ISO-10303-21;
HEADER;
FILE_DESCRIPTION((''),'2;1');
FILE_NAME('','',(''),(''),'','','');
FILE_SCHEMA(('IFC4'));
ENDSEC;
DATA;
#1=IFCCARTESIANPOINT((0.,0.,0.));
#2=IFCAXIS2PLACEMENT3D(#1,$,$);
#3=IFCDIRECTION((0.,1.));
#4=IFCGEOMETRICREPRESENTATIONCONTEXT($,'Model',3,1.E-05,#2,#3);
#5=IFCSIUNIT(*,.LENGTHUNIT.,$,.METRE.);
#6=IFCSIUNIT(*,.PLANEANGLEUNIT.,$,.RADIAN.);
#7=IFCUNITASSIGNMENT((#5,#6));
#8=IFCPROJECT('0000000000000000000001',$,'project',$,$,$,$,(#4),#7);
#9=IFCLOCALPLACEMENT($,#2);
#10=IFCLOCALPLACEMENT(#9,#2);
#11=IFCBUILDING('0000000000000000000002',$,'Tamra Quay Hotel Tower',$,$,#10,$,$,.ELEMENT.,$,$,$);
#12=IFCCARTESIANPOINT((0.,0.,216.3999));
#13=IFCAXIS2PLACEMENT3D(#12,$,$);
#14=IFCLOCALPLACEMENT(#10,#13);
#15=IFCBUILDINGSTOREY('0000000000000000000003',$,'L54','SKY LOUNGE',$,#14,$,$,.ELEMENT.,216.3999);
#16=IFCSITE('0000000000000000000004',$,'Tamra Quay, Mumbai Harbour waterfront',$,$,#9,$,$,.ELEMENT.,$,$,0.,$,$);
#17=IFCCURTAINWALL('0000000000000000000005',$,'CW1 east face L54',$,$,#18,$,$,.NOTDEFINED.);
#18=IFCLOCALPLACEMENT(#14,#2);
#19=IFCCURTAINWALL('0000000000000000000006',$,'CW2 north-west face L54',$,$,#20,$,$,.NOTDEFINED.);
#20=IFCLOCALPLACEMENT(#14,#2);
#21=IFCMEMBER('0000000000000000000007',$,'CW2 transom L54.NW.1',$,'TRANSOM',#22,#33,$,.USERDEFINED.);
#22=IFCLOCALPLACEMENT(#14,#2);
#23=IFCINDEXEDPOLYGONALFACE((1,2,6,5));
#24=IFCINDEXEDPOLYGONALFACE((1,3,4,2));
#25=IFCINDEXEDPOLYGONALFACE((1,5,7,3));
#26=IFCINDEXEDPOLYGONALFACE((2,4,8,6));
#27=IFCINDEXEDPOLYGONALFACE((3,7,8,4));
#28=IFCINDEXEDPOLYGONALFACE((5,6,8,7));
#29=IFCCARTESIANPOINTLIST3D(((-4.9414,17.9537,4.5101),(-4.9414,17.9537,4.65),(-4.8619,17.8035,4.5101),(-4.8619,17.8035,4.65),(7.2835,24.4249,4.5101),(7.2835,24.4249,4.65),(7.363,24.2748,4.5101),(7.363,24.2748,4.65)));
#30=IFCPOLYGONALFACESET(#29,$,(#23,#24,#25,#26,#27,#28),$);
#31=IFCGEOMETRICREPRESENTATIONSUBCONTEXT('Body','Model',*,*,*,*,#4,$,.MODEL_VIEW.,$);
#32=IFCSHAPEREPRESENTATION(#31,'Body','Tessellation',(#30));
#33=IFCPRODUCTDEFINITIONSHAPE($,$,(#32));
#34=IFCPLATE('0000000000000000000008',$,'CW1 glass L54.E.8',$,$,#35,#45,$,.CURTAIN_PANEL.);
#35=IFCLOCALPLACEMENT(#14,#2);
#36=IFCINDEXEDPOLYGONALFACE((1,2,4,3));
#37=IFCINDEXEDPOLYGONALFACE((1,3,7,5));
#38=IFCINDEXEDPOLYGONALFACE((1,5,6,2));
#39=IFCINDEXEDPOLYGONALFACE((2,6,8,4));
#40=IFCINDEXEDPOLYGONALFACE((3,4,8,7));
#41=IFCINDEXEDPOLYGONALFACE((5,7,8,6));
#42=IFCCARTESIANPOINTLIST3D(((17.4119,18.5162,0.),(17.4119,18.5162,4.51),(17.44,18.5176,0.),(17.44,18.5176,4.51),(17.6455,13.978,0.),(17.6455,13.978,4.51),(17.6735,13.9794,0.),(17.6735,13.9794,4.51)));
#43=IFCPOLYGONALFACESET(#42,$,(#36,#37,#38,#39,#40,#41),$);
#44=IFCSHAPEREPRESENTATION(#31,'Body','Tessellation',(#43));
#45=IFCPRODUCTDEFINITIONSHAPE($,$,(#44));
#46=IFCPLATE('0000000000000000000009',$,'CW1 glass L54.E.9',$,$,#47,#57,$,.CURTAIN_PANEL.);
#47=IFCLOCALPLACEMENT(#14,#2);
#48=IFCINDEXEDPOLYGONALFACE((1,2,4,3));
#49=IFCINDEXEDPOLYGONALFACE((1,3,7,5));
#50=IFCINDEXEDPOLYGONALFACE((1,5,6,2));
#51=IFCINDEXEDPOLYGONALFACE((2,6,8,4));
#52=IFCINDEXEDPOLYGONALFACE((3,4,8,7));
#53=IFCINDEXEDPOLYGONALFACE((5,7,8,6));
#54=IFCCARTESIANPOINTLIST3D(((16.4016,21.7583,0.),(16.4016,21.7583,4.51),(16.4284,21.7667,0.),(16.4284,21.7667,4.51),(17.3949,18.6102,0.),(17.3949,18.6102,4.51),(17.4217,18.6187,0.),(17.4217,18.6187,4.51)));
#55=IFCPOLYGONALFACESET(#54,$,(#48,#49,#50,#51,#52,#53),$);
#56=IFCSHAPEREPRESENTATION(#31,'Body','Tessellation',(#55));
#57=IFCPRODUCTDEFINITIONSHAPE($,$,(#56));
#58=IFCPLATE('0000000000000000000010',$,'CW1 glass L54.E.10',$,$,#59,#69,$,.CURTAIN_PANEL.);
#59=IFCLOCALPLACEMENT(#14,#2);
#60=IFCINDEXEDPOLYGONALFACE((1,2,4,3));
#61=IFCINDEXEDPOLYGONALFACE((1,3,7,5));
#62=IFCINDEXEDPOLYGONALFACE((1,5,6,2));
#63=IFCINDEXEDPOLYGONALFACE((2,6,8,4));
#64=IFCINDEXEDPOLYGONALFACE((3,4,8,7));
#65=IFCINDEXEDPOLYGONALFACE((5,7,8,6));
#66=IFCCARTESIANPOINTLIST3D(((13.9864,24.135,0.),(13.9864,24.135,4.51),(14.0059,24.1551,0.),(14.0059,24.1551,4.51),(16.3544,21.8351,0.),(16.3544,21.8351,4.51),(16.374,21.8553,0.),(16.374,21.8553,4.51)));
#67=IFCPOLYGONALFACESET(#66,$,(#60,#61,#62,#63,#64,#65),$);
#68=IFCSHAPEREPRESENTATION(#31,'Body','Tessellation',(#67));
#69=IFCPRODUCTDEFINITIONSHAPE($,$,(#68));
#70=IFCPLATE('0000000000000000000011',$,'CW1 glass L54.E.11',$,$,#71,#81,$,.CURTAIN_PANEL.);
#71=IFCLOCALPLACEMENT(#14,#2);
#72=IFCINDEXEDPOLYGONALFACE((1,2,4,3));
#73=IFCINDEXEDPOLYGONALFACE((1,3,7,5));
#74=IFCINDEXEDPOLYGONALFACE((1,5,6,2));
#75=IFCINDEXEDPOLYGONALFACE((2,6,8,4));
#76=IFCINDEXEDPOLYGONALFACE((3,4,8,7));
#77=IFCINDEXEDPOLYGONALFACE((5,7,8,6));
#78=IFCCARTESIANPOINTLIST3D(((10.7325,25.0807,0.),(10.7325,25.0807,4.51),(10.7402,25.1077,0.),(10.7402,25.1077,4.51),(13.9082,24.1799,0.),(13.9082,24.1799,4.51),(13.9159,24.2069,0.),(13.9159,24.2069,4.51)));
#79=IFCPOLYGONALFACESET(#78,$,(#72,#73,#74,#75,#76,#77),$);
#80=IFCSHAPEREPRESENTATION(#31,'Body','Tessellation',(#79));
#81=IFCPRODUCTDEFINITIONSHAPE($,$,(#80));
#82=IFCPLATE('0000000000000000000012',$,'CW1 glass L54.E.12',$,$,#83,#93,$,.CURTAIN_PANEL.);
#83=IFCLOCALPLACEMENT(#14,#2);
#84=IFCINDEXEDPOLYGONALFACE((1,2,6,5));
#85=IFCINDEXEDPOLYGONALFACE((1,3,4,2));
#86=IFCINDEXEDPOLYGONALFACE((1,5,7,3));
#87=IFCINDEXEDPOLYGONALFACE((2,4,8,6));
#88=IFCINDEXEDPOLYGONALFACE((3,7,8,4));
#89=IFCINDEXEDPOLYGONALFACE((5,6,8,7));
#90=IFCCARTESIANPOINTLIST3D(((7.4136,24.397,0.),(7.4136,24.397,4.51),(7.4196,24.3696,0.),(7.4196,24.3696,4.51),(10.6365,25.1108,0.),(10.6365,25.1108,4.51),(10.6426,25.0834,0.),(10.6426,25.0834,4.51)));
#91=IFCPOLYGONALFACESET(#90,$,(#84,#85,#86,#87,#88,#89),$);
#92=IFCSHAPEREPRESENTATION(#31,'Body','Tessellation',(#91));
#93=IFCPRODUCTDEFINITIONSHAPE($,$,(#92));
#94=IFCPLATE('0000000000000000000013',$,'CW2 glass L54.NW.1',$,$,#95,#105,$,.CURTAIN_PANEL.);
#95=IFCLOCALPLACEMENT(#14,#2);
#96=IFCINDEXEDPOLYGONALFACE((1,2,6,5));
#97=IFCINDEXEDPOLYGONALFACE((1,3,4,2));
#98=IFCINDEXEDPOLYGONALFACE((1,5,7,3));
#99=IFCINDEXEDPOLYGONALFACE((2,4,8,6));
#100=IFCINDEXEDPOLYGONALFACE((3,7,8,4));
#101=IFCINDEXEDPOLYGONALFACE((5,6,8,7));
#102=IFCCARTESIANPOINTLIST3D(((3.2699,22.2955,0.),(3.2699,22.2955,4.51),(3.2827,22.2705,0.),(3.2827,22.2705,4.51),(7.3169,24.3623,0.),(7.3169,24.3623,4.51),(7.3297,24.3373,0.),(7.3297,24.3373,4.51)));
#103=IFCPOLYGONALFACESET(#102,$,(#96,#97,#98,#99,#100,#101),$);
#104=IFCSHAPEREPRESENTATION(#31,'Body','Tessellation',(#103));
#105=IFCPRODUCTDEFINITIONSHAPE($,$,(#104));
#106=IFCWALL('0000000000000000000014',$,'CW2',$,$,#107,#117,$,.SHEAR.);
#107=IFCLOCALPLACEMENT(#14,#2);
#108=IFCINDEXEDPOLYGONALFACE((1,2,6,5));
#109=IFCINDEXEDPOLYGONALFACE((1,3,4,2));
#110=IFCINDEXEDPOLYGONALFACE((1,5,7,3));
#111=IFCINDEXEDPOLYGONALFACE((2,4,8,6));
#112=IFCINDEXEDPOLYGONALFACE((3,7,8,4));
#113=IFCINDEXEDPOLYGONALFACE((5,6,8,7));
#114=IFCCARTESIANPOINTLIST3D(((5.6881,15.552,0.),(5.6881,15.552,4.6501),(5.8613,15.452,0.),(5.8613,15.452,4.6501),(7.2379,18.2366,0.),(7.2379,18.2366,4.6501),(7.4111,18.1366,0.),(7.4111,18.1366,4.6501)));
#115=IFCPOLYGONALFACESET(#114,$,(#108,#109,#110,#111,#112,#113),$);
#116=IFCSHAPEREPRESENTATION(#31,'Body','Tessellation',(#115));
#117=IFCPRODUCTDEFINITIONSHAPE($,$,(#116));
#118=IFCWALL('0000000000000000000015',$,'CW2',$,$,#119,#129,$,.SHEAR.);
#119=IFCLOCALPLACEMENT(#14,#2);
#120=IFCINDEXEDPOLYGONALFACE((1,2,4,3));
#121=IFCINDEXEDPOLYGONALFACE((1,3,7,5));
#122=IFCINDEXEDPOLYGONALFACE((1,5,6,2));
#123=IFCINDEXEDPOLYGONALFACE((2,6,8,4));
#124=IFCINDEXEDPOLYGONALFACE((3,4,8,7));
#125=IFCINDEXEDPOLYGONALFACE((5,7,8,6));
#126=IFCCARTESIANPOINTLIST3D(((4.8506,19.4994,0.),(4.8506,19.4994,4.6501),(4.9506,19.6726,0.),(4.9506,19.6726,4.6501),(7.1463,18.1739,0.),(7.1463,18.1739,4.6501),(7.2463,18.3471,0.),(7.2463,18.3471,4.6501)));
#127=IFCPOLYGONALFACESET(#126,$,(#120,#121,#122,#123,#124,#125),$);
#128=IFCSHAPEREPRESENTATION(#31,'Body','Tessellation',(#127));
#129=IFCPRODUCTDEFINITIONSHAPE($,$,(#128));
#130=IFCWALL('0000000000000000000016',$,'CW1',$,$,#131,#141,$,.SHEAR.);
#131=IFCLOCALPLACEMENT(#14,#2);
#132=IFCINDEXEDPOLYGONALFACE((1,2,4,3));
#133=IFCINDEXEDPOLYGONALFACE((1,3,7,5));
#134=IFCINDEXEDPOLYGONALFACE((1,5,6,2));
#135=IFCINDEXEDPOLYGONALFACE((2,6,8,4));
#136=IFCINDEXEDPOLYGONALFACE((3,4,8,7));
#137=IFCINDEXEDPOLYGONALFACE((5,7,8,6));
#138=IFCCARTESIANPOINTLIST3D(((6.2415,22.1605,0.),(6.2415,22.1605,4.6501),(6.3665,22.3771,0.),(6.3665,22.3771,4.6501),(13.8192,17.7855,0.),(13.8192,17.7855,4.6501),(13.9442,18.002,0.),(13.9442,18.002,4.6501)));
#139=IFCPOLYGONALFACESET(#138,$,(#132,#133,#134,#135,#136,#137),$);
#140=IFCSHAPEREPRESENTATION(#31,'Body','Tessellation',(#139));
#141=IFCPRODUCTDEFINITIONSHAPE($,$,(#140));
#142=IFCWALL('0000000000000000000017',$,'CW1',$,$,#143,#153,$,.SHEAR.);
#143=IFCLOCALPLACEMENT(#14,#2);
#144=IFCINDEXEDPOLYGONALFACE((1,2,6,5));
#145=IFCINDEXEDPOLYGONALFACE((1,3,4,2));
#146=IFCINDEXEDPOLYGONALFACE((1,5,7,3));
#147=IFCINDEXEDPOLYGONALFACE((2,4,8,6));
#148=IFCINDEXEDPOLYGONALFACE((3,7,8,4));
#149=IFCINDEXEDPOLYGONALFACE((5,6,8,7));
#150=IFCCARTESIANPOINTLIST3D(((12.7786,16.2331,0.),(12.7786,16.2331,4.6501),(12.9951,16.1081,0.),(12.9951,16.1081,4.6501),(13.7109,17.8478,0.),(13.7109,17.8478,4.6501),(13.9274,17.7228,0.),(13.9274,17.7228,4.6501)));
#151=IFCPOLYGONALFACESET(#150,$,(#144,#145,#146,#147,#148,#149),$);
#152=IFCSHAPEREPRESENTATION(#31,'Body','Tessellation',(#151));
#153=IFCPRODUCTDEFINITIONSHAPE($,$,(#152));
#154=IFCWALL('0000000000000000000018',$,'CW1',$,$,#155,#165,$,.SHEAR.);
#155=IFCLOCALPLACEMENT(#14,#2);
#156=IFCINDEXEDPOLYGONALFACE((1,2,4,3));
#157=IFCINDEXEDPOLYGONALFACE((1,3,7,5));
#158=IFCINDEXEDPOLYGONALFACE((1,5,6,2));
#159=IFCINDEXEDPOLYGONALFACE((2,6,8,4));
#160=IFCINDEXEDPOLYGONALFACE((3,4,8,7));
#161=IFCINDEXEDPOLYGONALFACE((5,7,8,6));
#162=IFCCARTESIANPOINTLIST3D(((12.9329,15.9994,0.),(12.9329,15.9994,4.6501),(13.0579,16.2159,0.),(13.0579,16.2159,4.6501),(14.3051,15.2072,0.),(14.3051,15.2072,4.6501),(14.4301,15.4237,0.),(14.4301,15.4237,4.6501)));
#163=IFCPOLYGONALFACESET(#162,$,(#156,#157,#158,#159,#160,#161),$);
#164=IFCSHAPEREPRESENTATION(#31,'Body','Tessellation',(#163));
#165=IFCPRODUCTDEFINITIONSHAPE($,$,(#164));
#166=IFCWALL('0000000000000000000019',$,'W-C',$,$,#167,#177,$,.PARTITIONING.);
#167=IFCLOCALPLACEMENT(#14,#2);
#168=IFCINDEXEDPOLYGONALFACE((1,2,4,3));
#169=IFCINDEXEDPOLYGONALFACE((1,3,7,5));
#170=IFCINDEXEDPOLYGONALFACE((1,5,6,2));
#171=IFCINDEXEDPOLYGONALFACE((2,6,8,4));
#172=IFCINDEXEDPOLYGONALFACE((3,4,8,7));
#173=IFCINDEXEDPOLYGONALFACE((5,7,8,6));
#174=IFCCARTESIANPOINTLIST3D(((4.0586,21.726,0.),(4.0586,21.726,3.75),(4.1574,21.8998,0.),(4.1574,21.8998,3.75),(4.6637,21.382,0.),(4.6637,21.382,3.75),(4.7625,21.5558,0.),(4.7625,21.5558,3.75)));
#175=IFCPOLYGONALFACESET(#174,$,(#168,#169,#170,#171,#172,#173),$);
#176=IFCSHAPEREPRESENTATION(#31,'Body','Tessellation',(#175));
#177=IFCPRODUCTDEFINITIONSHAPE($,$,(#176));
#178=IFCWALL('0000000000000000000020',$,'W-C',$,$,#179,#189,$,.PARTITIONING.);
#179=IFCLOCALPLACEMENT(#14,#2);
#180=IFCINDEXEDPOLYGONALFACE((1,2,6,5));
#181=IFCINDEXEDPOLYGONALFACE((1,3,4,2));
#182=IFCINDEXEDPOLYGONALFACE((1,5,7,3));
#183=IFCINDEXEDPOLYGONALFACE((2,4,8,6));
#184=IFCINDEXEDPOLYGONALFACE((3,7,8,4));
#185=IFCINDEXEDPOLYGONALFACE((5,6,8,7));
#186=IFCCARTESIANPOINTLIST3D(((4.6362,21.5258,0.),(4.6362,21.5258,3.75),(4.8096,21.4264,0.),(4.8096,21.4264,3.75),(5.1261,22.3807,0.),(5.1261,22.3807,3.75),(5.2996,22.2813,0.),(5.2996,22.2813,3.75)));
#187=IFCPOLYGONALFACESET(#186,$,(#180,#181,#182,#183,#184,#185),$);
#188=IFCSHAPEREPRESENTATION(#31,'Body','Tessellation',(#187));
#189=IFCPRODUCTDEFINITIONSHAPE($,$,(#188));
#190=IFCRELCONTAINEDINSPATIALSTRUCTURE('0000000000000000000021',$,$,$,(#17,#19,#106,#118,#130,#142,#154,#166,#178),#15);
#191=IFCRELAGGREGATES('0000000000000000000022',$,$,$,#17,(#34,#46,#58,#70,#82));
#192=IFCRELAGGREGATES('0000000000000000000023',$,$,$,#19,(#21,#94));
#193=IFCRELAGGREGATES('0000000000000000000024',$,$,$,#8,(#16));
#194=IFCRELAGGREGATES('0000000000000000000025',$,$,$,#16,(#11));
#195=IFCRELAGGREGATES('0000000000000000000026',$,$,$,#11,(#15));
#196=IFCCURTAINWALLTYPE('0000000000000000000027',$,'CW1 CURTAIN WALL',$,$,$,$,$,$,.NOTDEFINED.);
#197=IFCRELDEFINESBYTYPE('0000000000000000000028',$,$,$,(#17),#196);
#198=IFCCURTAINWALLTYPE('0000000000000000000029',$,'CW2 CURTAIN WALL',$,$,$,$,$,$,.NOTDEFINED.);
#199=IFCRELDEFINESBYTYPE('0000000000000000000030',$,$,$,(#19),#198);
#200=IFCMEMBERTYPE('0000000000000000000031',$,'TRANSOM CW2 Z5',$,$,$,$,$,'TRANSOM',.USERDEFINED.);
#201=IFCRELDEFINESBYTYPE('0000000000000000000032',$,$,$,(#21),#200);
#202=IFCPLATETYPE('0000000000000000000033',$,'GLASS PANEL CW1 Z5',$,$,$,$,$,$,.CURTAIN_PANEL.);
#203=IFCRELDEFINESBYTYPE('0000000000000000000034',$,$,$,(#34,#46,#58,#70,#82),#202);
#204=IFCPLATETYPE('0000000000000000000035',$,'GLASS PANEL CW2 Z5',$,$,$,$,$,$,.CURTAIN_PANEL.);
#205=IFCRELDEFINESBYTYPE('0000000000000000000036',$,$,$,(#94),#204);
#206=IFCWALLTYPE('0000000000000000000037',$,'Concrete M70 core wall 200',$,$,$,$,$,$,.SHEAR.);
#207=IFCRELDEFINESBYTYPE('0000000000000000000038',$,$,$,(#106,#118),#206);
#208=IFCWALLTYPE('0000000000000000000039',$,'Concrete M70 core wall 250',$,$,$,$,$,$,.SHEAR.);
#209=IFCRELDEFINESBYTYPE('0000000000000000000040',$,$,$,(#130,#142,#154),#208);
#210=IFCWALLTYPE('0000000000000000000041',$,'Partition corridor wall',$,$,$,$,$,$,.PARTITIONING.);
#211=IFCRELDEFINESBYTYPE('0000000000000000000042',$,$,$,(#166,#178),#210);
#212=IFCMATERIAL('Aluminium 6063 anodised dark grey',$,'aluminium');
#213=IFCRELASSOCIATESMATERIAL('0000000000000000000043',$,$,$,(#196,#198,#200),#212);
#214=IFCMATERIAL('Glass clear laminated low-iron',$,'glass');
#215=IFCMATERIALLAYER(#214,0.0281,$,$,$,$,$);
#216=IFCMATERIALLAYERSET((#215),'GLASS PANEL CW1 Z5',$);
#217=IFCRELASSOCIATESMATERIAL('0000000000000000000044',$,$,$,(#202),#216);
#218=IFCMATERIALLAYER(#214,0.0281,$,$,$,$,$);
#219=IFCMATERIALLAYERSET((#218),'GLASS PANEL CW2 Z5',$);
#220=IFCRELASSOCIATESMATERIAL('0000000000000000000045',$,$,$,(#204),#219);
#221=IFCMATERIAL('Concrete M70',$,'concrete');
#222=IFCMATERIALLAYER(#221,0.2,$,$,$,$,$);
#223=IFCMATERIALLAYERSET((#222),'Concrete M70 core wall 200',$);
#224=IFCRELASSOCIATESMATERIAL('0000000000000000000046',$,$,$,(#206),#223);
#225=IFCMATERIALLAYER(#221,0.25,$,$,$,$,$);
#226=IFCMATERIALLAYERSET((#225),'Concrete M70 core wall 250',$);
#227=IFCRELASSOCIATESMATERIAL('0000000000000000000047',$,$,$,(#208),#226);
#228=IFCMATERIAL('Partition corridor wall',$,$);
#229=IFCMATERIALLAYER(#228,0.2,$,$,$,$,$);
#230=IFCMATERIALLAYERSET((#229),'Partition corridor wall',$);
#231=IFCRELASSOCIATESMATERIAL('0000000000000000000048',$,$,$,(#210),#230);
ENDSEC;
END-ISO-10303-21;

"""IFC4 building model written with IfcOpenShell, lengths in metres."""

from ifc_helpers import new_model, si_unit, direction, frame, frame_2d, origin, origin_2d, place, context, subcontext, project, spatial, rectangle, extrude, material, layer, layer_set, material_profile, profile_set, type_object, element, aggregate, save


model = new_model("IFC4")

# Units and contexts
model_context = context("Model", 3, precision=1e-05, world=origin(), true_north=direction((0.0, 1.0)))
body_context = subcontext(model_context, "Body", "Model", "MODEL_VIEW")
ifc_project = project(units=[si_unit("LENGTHUNIT", "METRE"), si_unit("PLANEANGLEUNIT", "RADIAN")], contexts=[model_context])

# Site, building, storey
site_placement = place(None, origin())
site = spatial("IfcSite", under=ifc_project, at=site_placement, Name="Tamra Quay, Mumbai Harbour waterfront", CompositionType="ELEMENT", RefElevation=0.0)
building_placement = place(site_placement, origin())
building = spatial("IfcBuilding", under=site, at=building_placement, Name="Tamra Quay Hotel Tower", CompositionType="ELEMENT")
storey_placement = place(building_placement, frame((0.0, 0.0, 216.3999)))
storey = spatial("IfcBuildingStorey", under=building, at=storey_placement, Name="L54", Description="SKY LOUNGE", CompositionType="ELEMENT", Elevation=216.3999)

# Shared definitions
ifc_material_1 = material(Name="Concrete M70", Category="concrete")

# Curtain walls
ifc_material_2 = material(Name="Aluminium 6063 anodised dark grey", Category="aluminium")
curtain_wall_type_1 = type_object("IfcCurtainWallType", Name="CW1 CURTAIN WALL", PredefinedType="NOTDEFINED", material=ifc_material_2)
curtain_wall_1_placement = place(storey_placement, origin())
curtain_wall_1 = element("IfcCurtainWall", 1, at=curtain_wall_1_placement, inside=storey, type_object=curtain_wall_type_1, Name="CW1 east face L54", PredefinedType="NOTDEFINED")
curtain_wall_type_2 = type_object("IfcCurtainWallType", Name="CW2 CURTAIN WALL", PredefinedType="NOTDEFINED", material=ifc_material_2)
curtain_wall_2_placement = place(storey_placement, origin())
curtain_wall_2 = element("IfcCurtainWall", 2, at=curtain_wall_2_placement, inside=storey, type_object=curtain_wall_type_2, Name="CW2 north-west face L54", PredefinedType="NOTDEFINED")

# Member
ifc_material_profile_1 = material_profile(ifc_material_2, rectangle(XDim=0.1699, YDim=0.1399, at=origin_2d()), Name="TRANSOM 170X140")
ifc_profile_set_1 = profile_set([ifc_material_profile_1], Name="Aluminium 6063 anodised dark grey")
member_type_1 = type_object("IfcMemberType", Name="TRANSOM CW2 Z5", ElementType="TRANSOM", PredefinedType="USERDEFINED", material=ifc_profile_set_1)
member_1_placement = place(storey_placement, frame((7.3232, 24.3499, 4.5801), z_axis=(-0.883812, -0.467843, 0.0), x_axis=(0.467843, -0.883812, 0.0)))
member_1 = element("IfcMember", 3, at=member_1_placement, type_object=member_type_1, Name="CW2 transom L54.NW.1", ObjectType="TRANSOM", PredefinedType="USERDEFINED", context=body_context, shape_type="SweptSolid", body=[
    extrude(rectangle(XDim=0.1699, YDim=0.1399, at=origin_2d()), origin(), (0.0, 0.0, 1.0), 13.832),
])

# Plates
ifc_material_3 = material(Name="Glass clear laminated low-iron", Category="glass")
ifc_layer_1 = layer(ifc_material_3, 0.0281)
ifc_layer_set_1 = layer_set([ifc_layer_1], Name="GLASS PANEL CW1 Z5")
plate_type_1 = type_object("IfcPlateType", Name="GLASS PANEL CW1 Z5", PredefinedType="CURTAIN_PANEL", material=ifc_layer_set_1)
plate_1_placement = place(storey_placement, frame((17.5427, 16.2478, 0.0), z_axis=(0.0, 0.0, 1.0), x_axis=(-0.051404, 0.998678, 0.0)))
plate_1 = element("IfcPlate", 4, at=plate_1_placement, type_object=plate_type_1, Name="CW1 glass L54.E.8", PredefinedType="CURTAIN_PANEL", context=body_context, shape_type="SweptSolid", body=[
    extrude(rectangle(XDim=4.5442, YDim=0.0281, at=origin_2d()), origin(), (0.0, 0.0, 1.0), 4.51),
])
plate_2_placement = place(storey_placement, frame((16.9116, 20.1885, 0.0), z_axis=(0.0, 0.0, 1.0), x_axis=(-0.300903, 0.953655, 0.0)))
plate_2 = element("IfcPlate", 5, at=plate_2_placement, type_object=plate_type_1, Name="CW1 glass L54.E.9", PredefinedType="CURTAIN_PANEL", context=body_context, shape_type="SweptSolid", body=[
    extrude(rectangle(XDim=3.301, YDim=0.0281, at=origin_2d()), origin(), (0.0, 0.0, 1.0), 4.51),
])
plate_3_placement = place(storey_placement, frame((15.1802, 22.9951, 0.0), z_axis=(0.0, 0.0, 1.0), x_axis=(-0.717364, 0.696698, 0.0)))
plate_3 = element("IfcPlate", 6, at=plate_3_placement, type_object=plate_type_1, Name="CW1 glass L54.E.10", PredefinedType="CURTAIN_PANEL", context=body_context, shape_type="SweptSolid", body=[
    extrude(rectangle(XDim=3.301, YDim=0.0281, at=origin_2d()), origin(), (0.0, 0.0, 1.0), 4.51),
])
plate_4_placement = place(storey_placement, frame((12.3242, 24.6438, 0.0), z_axis=(0.0, 0.0, 1.0), x_axis=(-0.962041, 0.272906, 0.0)))
plate_4 = element("IfcPlate", 7, at=plate_4_placement, type_object=plate_type_1, Name="CW1 glass L54.E.11", PredefinedType="CURTAIN_PANEL", context=body_context, shape_type="SweptSolid", body=[
    extrude(rectangle(XDim=3.301, YDim=0.0281, at=origin_2d()), origin(), (0.0, 0.0, 1.0), 4.51),
])
plate_5_placement = place(storey_placement, frame((9.0281, 24.7402, 0.0), z_axis=(0.0, 0.0, 1.0), x_axis=(-0.976341, -0.216238, 0.0)))
plate_5 = element("IfcPlate", 8, at=plate_5_placement, type_object=plate_type_1, Name="CW1 glass L54.E.12", PredefinedType="CURTAIN_PANEL", context=body_context, shape_type="SweptSolid", body=[
    extrude(rectangle(XDim=3.301, YDim=0.0281, at=origin_2d()), origin(), (0.0, 0.0, 1.0), 4.51),
])
aggregate(curtain_wall_1, [plate_1, plate_2, plate_3, plate_4, plate_5])
ifc_layer_2 = layer(ifc_material_3, 0.0281)
ifc_layer_set_2 = layer_set([ifc_layer_2], Name="GLASS PANEL CW2 Z5")
plate_type_2 = type_object("IfcPlateType", Name="GLASS PANEL CW2 Z5", PredefinedType="CURTAIN_PANEL", material=ifc_layer_set_2)
plate_6_placement = place(storey_placement, frame((5.2998, 23.3164, 0.0), z_axis=(0.0, 0.0, 1.0), x_axis=(-0.890582, -0.454822, 0.0)))
plate_6 = element("IfcPlate", 9, at=plate_6_placement, type_object=plate_type_2, Name="CW2 glass L54.NW.1", PredefinedType="CURTAIN_PANEL", context=body_context, shape_type="SweptSolid", body=[
    extrude(rectangle(XDim=4.5442, YDim=0.0281, at=origin_2d()), origin(), (0.0, 0.0, 1.0), 4.51),
])
aggregate(curtain_wall_2, [member_1, plate_6])

# Walls
ifc_layer_3 = layer(ifc_material_1, 0.2)
ifc_layer_set_3 = layer_set([ifc_layer_3], Name="Concrete M70 core wall 200")
wall_type_1 = type_object("IfcWallType", Name="Concrete M70 core wall 200", PredefinedType="SHEAR", material=ifc_layer_set_3)
wall_1_placement = place(storey_placement, frame((7.3245, 18.1865, 0.0), z_axis=(0.0, 0.0, 1.0), x_axis=(-0.499968, -0.866044, 0.0)))
element("IfcWall", 10, at=wall_1_placement, inside=storey, type_object=wall_type_1, Name="CW2", PredefinedType="SHEAR", context=body_context, shape_type="SweptSolid", body=[
    extrude(rectangle(XDim=3.0999, YDim=0.2, at=frame_2d((1.5498, 0.0))), origin(), (0.0, 0.0, 1.0), 4.6501),
])
wall_2_placement = place(storey_placement, frame((7.1963, 18.2605, 0.0), z_axis=(0.0, 0.0, 1.0), x_axis=(-0.866018, 0.500012, 0.0)))
element("IfcWall", 11, at=wall_2_placement, inside=storey, type_object=wall_type_1, Name="CW2", PredefinedType="SHEAR", context=body_context, shape_type="SweptSolid", body=[
    extrude(rectangle(XDim=2.6509, YDim=0.2, at=frame_2d((1.3254, 0.0))), origin(), (0.0, 0.0, 1.0), 4.6501),
])
ifc_layer_4 = layer(ifc_material_1, 0.25)
ifc_layer_set_4 = layer_set([ifc_layer_4], Name="Concrete M70 core wall 250")
wall_type_2 = type_object("IfcWallType", Name="Concrete M70 core wall 250", PredefinedType="SHEAR", material=ifc_layer_set_4)
wall_3_placement = place(storey_placement, frame((6.304, 22.2688, 0.0), z_axis=(0.0, 0.0, 1.0), x_axis=(0.866023, -0.500004, 0.0)))
element("IfcWall", 12, at=wall_3_placement, inside=storey, type_object=wall_type_2, Name="CW1", PredefinedType="SHEAR", context=body_context, shape_type="SweptSolid", body=[
    extrude(rectangle(XDim=8.75, YDim=0.25, at=frame_2d((4.375, 0.0))), origin(), (0.0, 0.0, 1.0), 4.6501),
])
wall_4_placement = place(storey_placement, frame((13.8191, 17.7852, 0.0), z_axis=(0.0, 0.0, 1.0), x_axis=(-0.50004, -0.866002, 0.0)))
element("IfcWall", 13, at=wall_4_placement, inside=storey, type_object=wall_type_2, Name="CW1", PredefinedType="SHEAR", context=body_context, shape_type="SweptSolid", body=[
    extrude(rectangle(XDim=1.8645, YDim=0.25, at=frame_2d((0.9321, 0.0))), origin(), (0.0, 0.0, 1.0), 4.6501),
])
wall_5_placement = place(storey_placement, frame((12.9954, 16.1077, 0.0), z_axis=(0.0, 0.0, 1.0), x_axis=(0.866044, -0.499967, 0.0)))
element("IfcWall", 14, at=wall_5_placement, inside=storey, type_object=wall_type_2, Name="CW1", PredefinedType="SHEAR", context=body_context, shape_type="SweptSolid", body=[
    extrude(rectangle(XDim=1.5845, YDim=0.25, at=frame_2d((0.7922, 0.0))), origin(), (0.0, 0.0, 1.0), 4.6501),
])
ifc_material_4 = material(Name="Partition corridor wall")
ifc_layer_5 = layer(ifc_material_4, 0.2)
ifc_layer_set_5 = layer_set([ifc_layer_5], Name="Partition corridor wall")
wall_type_3 = type_object("IfcWallType", Name="Partition corridor wall", PredefinedType="PARTITIONING", material=ifc_layer_set_5)
wall_6_placement = place(storey_placement, frame((4.1079, 21.813, 0.0), z_axis=(0.0, 0.0, 1.0), x_axis=(0.869299, -0.494287, 0.0)))
element("IfcWall", 15, at=wall_6_placement, inside=storey, type_object=wall_type_3, Name="W-C", PredefinedType="PARTITIONING", context=body_context, shape_type="SweptSolid", body=[
    extrude(rectangle(XDim=0.696, YDim=0.2, at=frame_2d((0.3481, 0.0))), origin(), (0.0, 0.0, 1.0), 3.75),
])
wall_7_placement = place(storey_placement, frame((4.7229, 21.4761, 0.0), z_axis=(0.0, 0.0, 1.0), x_axis=(0.497232, 0.867617, 0.0)))
element("IfcWall", 16, at=wall_7_placement, inside=storey, type_object=wall_type_3, Name="W-C", PredefinedType="PARTITIONING", context=body_context, shape_type="SweptSolid", body=[
    extrude(rectangle(XDim=0.9854, YDim=0.2, at=frame_2d((0.4927, 0.0))), origin(), (0.0, 0.0, 1.0), 3.75),
])

save(model, "model.ifc")
